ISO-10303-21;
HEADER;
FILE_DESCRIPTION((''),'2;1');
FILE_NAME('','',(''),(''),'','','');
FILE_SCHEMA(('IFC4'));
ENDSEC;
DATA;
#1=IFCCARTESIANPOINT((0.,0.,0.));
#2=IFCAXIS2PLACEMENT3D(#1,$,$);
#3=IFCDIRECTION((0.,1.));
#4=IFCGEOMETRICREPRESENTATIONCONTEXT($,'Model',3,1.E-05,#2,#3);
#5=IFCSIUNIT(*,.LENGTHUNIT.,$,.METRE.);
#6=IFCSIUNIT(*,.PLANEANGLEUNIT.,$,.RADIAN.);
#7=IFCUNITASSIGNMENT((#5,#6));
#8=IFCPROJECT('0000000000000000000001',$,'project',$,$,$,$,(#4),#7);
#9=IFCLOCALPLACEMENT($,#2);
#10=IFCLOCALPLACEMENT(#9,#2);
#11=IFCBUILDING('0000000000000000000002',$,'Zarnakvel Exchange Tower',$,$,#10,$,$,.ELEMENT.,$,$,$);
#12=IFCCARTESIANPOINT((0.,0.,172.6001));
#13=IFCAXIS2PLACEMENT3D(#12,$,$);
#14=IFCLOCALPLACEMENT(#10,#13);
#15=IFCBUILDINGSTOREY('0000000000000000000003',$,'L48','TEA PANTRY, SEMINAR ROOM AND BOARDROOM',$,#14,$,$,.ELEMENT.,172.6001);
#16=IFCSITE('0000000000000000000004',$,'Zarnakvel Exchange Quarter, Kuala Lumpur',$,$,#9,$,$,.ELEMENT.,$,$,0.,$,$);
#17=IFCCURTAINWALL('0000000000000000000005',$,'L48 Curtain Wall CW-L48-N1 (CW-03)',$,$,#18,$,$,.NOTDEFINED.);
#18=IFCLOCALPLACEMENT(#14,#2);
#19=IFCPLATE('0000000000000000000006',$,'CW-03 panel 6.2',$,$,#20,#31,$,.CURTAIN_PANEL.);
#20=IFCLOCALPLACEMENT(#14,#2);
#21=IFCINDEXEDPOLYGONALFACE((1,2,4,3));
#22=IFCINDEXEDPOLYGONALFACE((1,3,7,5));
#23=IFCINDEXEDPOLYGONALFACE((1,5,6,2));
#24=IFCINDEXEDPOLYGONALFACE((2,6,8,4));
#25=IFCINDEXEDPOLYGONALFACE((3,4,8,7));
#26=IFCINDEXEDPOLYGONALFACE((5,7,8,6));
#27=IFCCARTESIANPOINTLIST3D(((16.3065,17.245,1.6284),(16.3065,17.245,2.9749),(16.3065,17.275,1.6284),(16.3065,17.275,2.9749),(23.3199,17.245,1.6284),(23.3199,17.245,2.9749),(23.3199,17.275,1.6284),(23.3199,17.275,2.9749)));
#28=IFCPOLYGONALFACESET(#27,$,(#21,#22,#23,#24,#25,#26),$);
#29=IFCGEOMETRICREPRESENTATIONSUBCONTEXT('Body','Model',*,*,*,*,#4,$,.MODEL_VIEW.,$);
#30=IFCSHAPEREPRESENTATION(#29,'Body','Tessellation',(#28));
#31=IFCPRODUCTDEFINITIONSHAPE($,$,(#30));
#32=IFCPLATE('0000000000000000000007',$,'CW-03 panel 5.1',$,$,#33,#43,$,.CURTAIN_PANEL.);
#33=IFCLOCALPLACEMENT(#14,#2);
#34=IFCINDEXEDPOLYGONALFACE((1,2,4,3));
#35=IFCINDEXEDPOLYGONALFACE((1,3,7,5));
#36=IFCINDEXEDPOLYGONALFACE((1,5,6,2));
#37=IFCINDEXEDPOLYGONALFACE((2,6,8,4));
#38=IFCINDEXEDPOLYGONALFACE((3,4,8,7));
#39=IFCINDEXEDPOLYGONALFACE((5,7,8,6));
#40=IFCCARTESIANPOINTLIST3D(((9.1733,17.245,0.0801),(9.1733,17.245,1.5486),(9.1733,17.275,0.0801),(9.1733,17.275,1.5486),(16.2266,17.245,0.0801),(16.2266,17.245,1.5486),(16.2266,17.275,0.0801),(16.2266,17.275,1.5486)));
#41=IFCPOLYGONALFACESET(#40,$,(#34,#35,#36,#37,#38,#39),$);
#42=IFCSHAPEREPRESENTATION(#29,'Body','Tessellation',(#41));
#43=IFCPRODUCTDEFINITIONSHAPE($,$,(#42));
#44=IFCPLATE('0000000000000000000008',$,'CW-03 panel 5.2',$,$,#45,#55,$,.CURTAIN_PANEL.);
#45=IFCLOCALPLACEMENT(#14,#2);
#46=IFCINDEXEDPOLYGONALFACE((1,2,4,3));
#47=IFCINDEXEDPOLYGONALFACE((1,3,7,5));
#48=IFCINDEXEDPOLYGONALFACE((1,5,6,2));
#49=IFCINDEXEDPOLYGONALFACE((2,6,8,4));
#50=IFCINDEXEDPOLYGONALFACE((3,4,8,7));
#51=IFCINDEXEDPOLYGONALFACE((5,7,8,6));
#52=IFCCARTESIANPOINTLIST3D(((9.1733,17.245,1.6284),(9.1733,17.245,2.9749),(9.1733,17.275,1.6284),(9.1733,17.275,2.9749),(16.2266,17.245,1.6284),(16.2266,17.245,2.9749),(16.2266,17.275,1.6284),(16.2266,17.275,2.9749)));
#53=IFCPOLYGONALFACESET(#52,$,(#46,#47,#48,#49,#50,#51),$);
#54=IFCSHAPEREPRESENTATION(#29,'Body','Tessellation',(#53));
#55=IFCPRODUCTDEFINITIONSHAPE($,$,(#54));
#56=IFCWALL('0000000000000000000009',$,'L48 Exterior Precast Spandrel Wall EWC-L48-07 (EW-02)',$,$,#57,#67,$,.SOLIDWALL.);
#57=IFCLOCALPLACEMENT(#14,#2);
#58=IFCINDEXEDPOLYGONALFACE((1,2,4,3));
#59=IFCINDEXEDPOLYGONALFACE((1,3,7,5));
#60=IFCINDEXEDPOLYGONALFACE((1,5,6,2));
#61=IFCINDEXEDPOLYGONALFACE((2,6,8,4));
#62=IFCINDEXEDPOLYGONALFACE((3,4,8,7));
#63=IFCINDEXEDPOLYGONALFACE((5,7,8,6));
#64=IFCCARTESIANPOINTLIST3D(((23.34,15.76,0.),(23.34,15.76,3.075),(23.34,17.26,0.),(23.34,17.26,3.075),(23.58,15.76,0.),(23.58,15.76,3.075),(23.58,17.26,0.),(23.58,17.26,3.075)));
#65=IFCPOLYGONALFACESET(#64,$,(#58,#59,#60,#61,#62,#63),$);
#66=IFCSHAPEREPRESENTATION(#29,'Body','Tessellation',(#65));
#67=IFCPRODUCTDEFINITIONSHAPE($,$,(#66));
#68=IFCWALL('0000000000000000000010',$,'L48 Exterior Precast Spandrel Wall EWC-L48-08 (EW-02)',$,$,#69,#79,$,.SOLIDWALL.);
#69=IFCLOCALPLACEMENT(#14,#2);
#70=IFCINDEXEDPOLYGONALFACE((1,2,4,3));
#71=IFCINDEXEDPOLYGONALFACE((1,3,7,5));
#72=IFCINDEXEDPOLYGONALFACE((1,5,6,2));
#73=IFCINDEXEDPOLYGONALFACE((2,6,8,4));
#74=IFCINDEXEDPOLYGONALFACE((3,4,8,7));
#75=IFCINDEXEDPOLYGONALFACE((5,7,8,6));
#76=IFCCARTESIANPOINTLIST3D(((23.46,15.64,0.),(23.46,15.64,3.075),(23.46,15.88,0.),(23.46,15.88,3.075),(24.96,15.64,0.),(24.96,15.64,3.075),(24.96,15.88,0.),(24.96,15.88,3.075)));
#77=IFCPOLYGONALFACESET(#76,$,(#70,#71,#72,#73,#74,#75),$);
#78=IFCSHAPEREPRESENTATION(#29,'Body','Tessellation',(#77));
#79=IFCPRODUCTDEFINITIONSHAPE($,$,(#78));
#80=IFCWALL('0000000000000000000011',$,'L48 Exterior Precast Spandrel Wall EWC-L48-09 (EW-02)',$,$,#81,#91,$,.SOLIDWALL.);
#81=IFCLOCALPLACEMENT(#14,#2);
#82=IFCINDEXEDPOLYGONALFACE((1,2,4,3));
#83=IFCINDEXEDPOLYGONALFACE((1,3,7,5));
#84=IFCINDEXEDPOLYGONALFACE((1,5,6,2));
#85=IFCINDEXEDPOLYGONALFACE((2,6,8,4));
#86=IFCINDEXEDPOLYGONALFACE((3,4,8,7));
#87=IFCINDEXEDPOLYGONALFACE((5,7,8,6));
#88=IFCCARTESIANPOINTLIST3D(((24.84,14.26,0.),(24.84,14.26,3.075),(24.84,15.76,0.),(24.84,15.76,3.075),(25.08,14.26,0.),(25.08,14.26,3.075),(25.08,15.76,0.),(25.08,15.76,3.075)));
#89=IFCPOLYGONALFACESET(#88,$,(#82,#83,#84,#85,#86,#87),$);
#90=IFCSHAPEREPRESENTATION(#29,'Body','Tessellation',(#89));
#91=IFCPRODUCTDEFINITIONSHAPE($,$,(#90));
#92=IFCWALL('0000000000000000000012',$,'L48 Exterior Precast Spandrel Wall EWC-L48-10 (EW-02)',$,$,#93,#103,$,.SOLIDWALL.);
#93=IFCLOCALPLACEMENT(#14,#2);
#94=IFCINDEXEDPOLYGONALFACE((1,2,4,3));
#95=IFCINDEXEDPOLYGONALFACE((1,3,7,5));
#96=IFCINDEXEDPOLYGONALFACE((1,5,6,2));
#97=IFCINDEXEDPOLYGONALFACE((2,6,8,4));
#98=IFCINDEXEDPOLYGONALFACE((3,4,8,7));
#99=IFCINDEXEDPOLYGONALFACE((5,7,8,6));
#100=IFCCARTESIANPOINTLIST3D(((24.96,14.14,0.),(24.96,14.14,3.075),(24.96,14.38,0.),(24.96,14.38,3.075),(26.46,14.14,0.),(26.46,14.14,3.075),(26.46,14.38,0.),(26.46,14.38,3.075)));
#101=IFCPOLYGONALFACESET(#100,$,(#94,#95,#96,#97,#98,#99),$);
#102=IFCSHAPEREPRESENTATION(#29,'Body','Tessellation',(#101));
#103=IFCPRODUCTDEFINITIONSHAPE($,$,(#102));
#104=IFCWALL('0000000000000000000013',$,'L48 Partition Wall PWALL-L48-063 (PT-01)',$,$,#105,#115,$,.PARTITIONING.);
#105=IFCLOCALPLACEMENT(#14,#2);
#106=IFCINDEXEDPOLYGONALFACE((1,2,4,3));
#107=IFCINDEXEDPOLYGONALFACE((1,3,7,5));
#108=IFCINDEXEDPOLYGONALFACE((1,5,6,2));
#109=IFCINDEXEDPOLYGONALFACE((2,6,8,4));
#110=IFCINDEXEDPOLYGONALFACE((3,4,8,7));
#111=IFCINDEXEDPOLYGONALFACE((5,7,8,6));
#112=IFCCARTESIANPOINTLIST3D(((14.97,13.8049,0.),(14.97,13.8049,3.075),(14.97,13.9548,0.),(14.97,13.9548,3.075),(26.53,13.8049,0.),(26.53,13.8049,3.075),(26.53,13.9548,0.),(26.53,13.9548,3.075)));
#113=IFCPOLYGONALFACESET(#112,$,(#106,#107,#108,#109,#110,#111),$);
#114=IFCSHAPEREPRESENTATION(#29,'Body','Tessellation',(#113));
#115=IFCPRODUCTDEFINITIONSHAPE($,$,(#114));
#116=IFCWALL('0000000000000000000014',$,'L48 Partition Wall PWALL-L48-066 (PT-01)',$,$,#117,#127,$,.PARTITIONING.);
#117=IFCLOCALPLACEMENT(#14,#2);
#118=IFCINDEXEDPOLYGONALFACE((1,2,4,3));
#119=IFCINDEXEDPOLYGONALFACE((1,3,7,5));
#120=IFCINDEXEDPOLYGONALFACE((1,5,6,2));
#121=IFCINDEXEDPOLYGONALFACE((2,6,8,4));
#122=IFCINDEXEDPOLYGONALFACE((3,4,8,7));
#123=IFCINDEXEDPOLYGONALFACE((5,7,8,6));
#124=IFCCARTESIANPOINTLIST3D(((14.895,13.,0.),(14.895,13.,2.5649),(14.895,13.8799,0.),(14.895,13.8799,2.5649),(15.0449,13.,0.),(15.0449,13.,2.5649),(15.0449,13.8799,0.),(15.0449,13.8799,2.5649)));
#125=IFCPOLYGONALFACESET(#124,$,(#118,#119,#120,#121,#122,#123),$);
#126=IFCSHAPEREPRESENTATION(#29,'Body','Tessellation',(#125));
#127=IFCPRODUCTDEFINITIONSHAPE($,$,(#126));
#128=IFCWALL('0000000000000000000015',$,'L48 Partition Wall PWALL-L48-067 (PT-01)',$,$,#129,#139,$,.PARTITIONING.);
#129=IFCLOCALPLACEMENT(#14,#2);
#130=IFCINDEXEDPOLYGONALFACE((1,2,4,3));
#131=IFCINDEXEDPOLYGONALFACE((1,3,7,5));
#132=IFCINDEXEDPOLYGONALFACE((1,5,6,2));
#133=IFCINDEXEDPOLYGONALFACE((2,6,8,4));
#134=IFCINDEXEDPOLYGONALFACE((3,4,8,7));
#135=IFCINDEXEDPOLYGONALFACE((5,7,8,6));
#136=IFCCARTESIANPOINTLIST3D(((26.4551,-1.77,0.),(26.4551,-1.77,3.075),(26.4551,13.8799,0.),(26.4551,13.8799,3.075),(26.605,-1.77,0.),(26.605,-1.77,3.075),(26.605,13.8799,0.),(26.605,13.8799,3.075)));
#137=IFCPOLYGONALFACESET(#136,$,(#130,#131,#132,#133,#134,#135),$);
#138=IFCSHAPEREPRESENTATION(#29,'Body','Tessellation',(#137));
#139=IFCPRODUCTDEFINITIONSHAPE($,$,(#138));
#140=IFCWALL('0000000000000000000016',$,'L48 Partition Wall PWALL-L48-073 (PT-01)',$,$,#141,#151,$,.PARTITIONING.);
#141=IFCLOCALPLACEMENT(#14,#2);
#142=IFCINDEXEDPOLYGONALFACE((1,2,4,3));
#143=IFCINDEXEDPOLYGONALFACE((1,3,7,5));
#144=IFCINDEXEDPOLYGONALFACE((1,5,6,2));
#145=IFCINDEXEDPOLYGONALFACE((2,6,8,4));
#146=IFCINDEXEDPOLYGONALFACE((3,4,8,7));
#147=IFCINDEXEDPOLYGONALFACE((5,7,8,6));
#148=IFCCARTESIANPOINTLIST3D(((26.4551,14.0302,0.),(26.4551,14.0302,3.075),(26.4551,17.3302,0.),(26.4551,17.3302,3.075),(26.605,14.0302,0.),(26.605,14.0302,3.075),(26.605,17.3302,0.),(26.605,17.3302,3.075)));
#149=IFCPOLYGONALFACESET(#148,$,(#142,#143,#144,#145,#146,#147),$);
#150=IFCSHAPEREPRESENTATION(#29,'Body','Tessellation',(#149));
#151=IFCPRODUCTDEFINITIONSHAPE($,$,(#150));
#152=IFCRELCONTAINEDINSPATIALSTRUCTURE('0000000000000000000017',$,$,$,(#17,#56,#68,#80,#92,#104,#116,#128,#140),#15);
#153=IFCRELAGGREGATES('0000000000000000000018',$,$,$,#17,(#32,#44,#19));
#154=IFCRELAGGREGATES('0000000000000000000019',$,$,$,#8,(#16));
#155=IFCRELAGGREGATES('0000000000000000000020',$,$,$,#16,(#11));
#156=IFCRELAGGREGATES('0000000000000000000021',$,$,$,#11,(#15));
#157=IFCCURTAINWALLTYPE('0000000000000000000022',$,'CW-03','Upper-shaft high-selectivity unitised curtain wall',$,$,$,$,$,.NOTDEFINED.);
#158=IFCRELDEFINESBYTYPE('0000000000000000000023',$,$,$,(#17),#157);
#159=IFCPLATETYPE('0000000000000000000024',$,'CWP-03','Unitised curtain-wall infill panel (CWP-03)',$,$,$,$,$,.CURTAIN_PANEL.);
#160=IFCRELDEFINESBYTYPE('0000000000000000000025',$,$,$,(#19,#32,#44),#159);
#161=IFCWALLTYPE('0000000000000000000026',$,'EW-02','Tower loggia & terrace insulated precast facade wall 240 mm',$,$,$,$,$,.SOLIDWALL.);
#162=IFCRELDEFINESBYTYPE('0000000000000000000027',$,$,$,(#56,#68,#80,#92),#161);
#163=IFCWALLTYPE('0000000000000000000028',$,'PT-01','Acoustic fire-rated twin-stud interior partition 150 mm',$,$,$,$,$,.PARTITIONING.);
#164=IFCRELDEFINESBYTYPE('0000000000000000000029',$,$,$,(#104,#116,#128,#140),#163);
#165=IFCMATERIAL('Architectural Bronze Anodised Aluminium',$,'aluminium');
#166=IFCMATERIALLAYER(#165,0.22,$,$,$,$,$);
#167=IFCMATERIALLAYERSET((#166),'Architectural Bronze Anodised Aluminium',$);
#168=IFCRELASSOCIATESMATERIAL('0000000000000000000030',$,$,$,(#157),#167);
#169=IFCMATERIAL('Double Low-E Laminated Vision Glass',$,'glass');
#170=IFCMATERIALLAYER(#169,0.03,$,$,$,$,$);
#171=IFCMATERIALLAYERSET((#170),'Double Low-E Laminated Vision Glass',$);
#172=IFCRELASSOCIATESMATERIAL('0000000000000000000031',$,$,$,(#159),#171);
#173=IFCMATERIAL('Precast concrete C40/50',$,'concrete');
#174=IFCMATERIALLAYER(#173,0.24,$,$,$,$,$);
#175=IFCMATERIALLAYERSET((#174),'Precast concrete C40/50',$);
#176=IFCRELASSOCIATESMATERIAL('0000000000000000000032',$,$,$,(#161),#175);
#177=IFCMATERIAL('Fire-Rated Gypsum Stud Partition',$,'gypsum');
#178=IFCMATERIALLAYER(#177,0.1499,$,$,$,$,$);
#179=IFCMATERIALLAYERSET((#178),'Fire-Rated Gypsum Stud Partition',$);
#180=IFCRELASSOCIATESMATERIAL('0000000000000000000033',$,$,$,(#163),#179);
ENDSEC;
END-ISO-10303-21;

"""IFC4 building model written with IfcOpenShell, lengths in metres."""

from ifc_helpers import new_model, si_unit, direction, frame, frame_2d, origin, origin_2d, place, context, subcontext, project, spatial, rectangle, extrude, source, transform, mapped, material, layer, layer_set, type_object, element, aggregate, save


model = new_model("IFC4")

# Units and contexts
model_context = context("Model", 3, precision=1e-05, world=origin(), true_north=direction((0.0, 1.0)))
body_context = subcontext(model_context, "Body", "Model", "MODEL_VIEW")
ifc_project = project(units=[si_unit("LENGTHUNIT", "METRE"), si_unit("PLANEANGLEUNIT", "RADIAN")], contexts=[model_context])

# Site, building, storey
site_placement = place(None, origin())
site = spatial("IfcSite", under=ifc_project, at=site_placement, Name="Zarnakvel Exchange Quarter, Kuala Lumpur", CompositionType="ELEMENT", RefElevation=0.0)
building_placement = place(site_placement, origin())
building = spatial("IfcBuilding", under=site, at=building_placement, Name="Zarnakvel Exchange Tower", CompositionType="ELEMENT")
storey_placement = place(building_placement, frame((0.0, 0.0, 172.6001)))
storey = spatial("IfcBuildingStorey", under=building, at=storey_placement, Name="L48", Description="TEA PANTRY, SEMINAR ROOM AND BOARDROOM", CompositionType="ELEMENT", Elevation=172.6001)

# Shared definitions
ifc_material_1 = material(Name="Architectural Bronze Anodised Aluminium", Category="aluminium")

# Curtain wall, plates
ifc_layer_1 = layer(ifc_material_1, 0.22)
ifc_layer_set_1 = layer_set([ifc_layer_1], Name="Architectural Bronze Anodised Aluminium")
curtain_wall_type_1 = type_object("IfcCurtainWallType", Name="CW-03", Description="Upper-shaft high-selectivity unitised curtain wall", PredefinedType="NOTDEFINED", material=ifc_layer_set_1)
curtain_wall_1_placement = place(storey_placement, origin())
curtain_wall_1 = element("IfcCurtainWall", 1, at=curtain_wall_1_placement, inside=storey, type_object=curtain_wall_type_1, Name="L48 Curtain Wall CW-L48-N1 (CW-03)", PredefinedType="NOTDEFINED")
ifc_material_2 = material(Name="Double Low-E Laminated Vision Glass", Category="glass")
ifc_layer_2 = layer(ifc_material_2, 0.03)
ifc_layer_set_2 = layer_set([ifc_layer_2], Name="Double Low-E Laminated Vision Glass")
plate_type = type_object("IfcPlateType", Name="CWP-03", Description="Unitised curtain-wall infill panel (CWP-03)", PredefinedType="CURTAIN_PANEL", material=ifc_layer_set_2)
shared_shape_1 = source(origin(), body_context, "Body", "SweptSolid", [
    extrude(rectangle(XDim=7.0134, YDim=0.03, at=origin_2d()), origin(), (0.0, 0.0, 1.0), 1.3464),
])
plate_1_placement = place(storey_placement, frame((19.8132, 17.26, 1.6284), z_axis=(0.0, 0.0, 1.0), x_axis=(1.0, 0.0, 0.0)))
plate_1 = element("IfcPlate", 2, at=plate_1_placement, type_object=plate_type, Name="CW-03 panel 6.2", PredefinedType="CURTAIN_PANEL", context=body_context, shape_type="MappedRepresentation", body=[
    mapped(shared_shape_1, transform((0.0, 0.0, 0.0), x_axis=(1.0, 0.0, 0.0), y_axis=(0.0, 1.0, 0.0), z_axis=(0.0, 0.0, 1.0), scale=1.0)),
])
shared_shape_2 = source(origin(), body_context, "Body", "SweptSolid", [
    extrude(rectangle(XDim=7.0532, YDim=0.03, at=origin_2d()), origin(), (0.0, 0.0, 1.0), 1.4685),
])
plate_2_placement = place(storey_placement, frame((12.7, 17.26, 0.0801), z_axis=(0.0, 0.0, 1.0), x_axis=(1.0, 0.0, 0.0)))
plate_2 = element("IfcPlate", 3, at=plate_2_placement, type_object=plate_type, Name="CW-03 panel 5.1", PredefinedType="CURTAIN_PANEL", context=body_context, shape_type="MappedRepresentation", body=[
    mapped(shared_shape_2, transform((0.0, 0.0, 0.0), x_axis=(1.0, 0.0, 0.0), y_axis=(0.0, 1.0, 0.0), z_axis=(0.0, 0.0, 1.0), scale=1.0)),
])
shared_shape_3 = source(origin(), body_context, "Body", "SweptSolid", [
    extrude(rectangle(XDim=7.0532, YDim=0.03, at=origin_2d()), origin(), (0.0, 0.0, 1.0), 1.3464),
])
plate_3_placement = place(storey_placement, frame((12.7, 17.26, 1.6284), z_axis=(0.0, 0.0, 1.0), x_axis=(1.0, 0.0, 0.0)))
plate_3 = element("IfcPlate", 4, at=plate_3_placement, type_object=plate_type, Name="CW-03 panel 5.2", PredefinedType="CURTAIN_PANEL", context=body_context, shape_type="MappedRepresentation", body=[
    mapped(shared_shape_3, transform((0.0, 0.0, 0.0), x_axis=(1.0, 0.0, 0.0), y_axis=(0.0, 1.0, 0.0), z_axis=(0.0, 0.0, 1.0), scale=1.0)),
])
aggregate(curtain_wall_1, [plate_2, plate_3, plate_1])

# Walls
ifc_material_3 = material(Name="Precast concrete C40/50", Category="concrete")
ifc_layer_3 = layer(ifc_material_3, 0.24)
ifc_layer_set_3 = layer_set([ifc_layer_3], Name="Precast concrete C40/50")
wall_type_1 = type_object("IfcWallType", Name="EW-02", Description="Tower loggia & terrace insulated precast facade wall 240 mm", PredefinedType="SOLIDWALL", material=ifc_layer_set_3)
for number, where, z_axis, x_axis, name in (
    (5, (23.46, 15.76, 0.0), (0.0, 0.0, 1.0), (0.0, 1.0, 0.0), "L48 Exterior Precast Spandrel Wall EWC-L48-07 (EW-02)"),
    (6, (24.96, 15.76, 0.0), (0.0, 0.0, 1.0), (-1.0, 0.0, 0.0), "L48 Exterior Precast Spandrel Wall EWC-L48-08 (EW-02)"),
    (7, (24.96, 14.26, 0.0), (0.0, 0.0, 1.0), (0.0, 1.0, 0.0), "L48 Exterior Precast Spandrel Wall EWC-L48-09 (EW-02)"),
    (8, (26.46, 14.26, 0.0), (0.0, 0.0, 1.0), (-1.0, 0.0, 0.0), "L48 Exterior Precast Spandrel Wall EWC-L48-10 (EW-02)"),
):
    element("IfcWall", number, at=place(storey_placement, frame(where, z_axis=z_axis, x_axis=x_axis)), inside=storey, type_object=wall_type_1, Name=name, PredefinedType="SOLIDWALL", context=body_context, shape_type="SweptSolid", body=[
        extrude(rectangle(XDim=1.5, YDim=0.24, at=frame_2d((0.75, 0.0))), origin(), (0.0, 0.0, 1.0), 3.075),
    ])
ifc_material_4 = material(Name="Fire-Rated Gypsum Stud Partition", Category="gypsum")
ifc_layer_4 = layer(ifc_material_4, 0.1499)
ifc_layer_set_4 = layer_set([ifc_layer_4], Name="Fire-Rated Gypsum Stud Partition")
wall_type_2 = type_object("IfcWallType", Name="PT-01", Description="Acoustic fire-rated twin-stud interior partition 150 mm", PredefinedType="PARTITIONING", material=ifc_layer_set_4)
wall_1_placement = place(storey_placement, frame((14.97, 13.8799, 0.0), z_axis=(0.0, 0.0, 1.0), x_axis=(1.0, 0.0, 0.0)))
element("IfcWall", 9, at=wall_1_placement, inside=storey, type_object=wall_type_2, Name="L48 Partition Wall PWALL-L48-063 (PT-01)", PredefinedType="PARTITIONING", context=body_context, shape_type="SweptSolid", body=[
    extrude(rectangle(XDim=11.5601, YDim=0.1499, at=frame_2d((5.78, 0.0))), origin(), (0.0, 0.0, 1.0), 3.075),
])
wall_2_placement = place(storey_placement, frame((14.97, 13.0, 0.0), z_axis=(0.0, 0.0, 1.0), x_axis=(0.0, 1.0, 0.0)))
element("IfcWall", 10, at=wall_2_placement, inside=storey, type_object=wall_type_2, Name="L48 Partition Wall PWALL-L48-066 (PT-01)", PredefinedType="PARTITIONING", context=body_context, shape_type="SweptSolid", body=[
    extrude(rectangle(XDim=0.8799, YDim=0.1499, at=frame_2d((0.4399, 0.0))), origin(), (0.0, 0.0, 1.0), 2.5649),
])
wall_3_placement = place(storey_placement, frame((26.53, 13.8799, 0.0), z_axis=(0.0, 0.0, 1.0), x_axis=(0.0, -1.0, 0.0)))
element("IfcWall", 11, at=wall_3_placement, inside=storey, type_object=wall_type_2, Name="L48 Partition Wall PWALL-L48-067 (PT-01)", PredefinedType="PARTITIONING", context=body_context, shape_type="SweptSolid", body=[
    extrude(rectangle(XDim=15.6499, YDim=0.1499, at=frame_2d((7.825, 0.0))), origin(), (0.0, 0.0, 1.0), 3.075),
])
wall_4_placement = place(storey_placement, frame((26.53, 17.3301, 0.0), z_axis=(0.0, 0.0, 1.0), x_axis=(0.0, -1.0, 0.0)))
element("IfcWall", 12, at=wall_4_placement, inside=storey, type_object=wall_type_2, Name="L48 Partition Wall PWALL-L48-073 (PT-01)", PredefinedType="PARTITIONING", context=body_context, shape_type="SweptSolid", body=[
    extrude(rectangle(XDim=3.3, YDim=0.1499, at=frame_2d((1.6499, 0.0))), origin(), (0.0, 0.0, 1.0), 3.075),
])

save(model, "model.ifc")
